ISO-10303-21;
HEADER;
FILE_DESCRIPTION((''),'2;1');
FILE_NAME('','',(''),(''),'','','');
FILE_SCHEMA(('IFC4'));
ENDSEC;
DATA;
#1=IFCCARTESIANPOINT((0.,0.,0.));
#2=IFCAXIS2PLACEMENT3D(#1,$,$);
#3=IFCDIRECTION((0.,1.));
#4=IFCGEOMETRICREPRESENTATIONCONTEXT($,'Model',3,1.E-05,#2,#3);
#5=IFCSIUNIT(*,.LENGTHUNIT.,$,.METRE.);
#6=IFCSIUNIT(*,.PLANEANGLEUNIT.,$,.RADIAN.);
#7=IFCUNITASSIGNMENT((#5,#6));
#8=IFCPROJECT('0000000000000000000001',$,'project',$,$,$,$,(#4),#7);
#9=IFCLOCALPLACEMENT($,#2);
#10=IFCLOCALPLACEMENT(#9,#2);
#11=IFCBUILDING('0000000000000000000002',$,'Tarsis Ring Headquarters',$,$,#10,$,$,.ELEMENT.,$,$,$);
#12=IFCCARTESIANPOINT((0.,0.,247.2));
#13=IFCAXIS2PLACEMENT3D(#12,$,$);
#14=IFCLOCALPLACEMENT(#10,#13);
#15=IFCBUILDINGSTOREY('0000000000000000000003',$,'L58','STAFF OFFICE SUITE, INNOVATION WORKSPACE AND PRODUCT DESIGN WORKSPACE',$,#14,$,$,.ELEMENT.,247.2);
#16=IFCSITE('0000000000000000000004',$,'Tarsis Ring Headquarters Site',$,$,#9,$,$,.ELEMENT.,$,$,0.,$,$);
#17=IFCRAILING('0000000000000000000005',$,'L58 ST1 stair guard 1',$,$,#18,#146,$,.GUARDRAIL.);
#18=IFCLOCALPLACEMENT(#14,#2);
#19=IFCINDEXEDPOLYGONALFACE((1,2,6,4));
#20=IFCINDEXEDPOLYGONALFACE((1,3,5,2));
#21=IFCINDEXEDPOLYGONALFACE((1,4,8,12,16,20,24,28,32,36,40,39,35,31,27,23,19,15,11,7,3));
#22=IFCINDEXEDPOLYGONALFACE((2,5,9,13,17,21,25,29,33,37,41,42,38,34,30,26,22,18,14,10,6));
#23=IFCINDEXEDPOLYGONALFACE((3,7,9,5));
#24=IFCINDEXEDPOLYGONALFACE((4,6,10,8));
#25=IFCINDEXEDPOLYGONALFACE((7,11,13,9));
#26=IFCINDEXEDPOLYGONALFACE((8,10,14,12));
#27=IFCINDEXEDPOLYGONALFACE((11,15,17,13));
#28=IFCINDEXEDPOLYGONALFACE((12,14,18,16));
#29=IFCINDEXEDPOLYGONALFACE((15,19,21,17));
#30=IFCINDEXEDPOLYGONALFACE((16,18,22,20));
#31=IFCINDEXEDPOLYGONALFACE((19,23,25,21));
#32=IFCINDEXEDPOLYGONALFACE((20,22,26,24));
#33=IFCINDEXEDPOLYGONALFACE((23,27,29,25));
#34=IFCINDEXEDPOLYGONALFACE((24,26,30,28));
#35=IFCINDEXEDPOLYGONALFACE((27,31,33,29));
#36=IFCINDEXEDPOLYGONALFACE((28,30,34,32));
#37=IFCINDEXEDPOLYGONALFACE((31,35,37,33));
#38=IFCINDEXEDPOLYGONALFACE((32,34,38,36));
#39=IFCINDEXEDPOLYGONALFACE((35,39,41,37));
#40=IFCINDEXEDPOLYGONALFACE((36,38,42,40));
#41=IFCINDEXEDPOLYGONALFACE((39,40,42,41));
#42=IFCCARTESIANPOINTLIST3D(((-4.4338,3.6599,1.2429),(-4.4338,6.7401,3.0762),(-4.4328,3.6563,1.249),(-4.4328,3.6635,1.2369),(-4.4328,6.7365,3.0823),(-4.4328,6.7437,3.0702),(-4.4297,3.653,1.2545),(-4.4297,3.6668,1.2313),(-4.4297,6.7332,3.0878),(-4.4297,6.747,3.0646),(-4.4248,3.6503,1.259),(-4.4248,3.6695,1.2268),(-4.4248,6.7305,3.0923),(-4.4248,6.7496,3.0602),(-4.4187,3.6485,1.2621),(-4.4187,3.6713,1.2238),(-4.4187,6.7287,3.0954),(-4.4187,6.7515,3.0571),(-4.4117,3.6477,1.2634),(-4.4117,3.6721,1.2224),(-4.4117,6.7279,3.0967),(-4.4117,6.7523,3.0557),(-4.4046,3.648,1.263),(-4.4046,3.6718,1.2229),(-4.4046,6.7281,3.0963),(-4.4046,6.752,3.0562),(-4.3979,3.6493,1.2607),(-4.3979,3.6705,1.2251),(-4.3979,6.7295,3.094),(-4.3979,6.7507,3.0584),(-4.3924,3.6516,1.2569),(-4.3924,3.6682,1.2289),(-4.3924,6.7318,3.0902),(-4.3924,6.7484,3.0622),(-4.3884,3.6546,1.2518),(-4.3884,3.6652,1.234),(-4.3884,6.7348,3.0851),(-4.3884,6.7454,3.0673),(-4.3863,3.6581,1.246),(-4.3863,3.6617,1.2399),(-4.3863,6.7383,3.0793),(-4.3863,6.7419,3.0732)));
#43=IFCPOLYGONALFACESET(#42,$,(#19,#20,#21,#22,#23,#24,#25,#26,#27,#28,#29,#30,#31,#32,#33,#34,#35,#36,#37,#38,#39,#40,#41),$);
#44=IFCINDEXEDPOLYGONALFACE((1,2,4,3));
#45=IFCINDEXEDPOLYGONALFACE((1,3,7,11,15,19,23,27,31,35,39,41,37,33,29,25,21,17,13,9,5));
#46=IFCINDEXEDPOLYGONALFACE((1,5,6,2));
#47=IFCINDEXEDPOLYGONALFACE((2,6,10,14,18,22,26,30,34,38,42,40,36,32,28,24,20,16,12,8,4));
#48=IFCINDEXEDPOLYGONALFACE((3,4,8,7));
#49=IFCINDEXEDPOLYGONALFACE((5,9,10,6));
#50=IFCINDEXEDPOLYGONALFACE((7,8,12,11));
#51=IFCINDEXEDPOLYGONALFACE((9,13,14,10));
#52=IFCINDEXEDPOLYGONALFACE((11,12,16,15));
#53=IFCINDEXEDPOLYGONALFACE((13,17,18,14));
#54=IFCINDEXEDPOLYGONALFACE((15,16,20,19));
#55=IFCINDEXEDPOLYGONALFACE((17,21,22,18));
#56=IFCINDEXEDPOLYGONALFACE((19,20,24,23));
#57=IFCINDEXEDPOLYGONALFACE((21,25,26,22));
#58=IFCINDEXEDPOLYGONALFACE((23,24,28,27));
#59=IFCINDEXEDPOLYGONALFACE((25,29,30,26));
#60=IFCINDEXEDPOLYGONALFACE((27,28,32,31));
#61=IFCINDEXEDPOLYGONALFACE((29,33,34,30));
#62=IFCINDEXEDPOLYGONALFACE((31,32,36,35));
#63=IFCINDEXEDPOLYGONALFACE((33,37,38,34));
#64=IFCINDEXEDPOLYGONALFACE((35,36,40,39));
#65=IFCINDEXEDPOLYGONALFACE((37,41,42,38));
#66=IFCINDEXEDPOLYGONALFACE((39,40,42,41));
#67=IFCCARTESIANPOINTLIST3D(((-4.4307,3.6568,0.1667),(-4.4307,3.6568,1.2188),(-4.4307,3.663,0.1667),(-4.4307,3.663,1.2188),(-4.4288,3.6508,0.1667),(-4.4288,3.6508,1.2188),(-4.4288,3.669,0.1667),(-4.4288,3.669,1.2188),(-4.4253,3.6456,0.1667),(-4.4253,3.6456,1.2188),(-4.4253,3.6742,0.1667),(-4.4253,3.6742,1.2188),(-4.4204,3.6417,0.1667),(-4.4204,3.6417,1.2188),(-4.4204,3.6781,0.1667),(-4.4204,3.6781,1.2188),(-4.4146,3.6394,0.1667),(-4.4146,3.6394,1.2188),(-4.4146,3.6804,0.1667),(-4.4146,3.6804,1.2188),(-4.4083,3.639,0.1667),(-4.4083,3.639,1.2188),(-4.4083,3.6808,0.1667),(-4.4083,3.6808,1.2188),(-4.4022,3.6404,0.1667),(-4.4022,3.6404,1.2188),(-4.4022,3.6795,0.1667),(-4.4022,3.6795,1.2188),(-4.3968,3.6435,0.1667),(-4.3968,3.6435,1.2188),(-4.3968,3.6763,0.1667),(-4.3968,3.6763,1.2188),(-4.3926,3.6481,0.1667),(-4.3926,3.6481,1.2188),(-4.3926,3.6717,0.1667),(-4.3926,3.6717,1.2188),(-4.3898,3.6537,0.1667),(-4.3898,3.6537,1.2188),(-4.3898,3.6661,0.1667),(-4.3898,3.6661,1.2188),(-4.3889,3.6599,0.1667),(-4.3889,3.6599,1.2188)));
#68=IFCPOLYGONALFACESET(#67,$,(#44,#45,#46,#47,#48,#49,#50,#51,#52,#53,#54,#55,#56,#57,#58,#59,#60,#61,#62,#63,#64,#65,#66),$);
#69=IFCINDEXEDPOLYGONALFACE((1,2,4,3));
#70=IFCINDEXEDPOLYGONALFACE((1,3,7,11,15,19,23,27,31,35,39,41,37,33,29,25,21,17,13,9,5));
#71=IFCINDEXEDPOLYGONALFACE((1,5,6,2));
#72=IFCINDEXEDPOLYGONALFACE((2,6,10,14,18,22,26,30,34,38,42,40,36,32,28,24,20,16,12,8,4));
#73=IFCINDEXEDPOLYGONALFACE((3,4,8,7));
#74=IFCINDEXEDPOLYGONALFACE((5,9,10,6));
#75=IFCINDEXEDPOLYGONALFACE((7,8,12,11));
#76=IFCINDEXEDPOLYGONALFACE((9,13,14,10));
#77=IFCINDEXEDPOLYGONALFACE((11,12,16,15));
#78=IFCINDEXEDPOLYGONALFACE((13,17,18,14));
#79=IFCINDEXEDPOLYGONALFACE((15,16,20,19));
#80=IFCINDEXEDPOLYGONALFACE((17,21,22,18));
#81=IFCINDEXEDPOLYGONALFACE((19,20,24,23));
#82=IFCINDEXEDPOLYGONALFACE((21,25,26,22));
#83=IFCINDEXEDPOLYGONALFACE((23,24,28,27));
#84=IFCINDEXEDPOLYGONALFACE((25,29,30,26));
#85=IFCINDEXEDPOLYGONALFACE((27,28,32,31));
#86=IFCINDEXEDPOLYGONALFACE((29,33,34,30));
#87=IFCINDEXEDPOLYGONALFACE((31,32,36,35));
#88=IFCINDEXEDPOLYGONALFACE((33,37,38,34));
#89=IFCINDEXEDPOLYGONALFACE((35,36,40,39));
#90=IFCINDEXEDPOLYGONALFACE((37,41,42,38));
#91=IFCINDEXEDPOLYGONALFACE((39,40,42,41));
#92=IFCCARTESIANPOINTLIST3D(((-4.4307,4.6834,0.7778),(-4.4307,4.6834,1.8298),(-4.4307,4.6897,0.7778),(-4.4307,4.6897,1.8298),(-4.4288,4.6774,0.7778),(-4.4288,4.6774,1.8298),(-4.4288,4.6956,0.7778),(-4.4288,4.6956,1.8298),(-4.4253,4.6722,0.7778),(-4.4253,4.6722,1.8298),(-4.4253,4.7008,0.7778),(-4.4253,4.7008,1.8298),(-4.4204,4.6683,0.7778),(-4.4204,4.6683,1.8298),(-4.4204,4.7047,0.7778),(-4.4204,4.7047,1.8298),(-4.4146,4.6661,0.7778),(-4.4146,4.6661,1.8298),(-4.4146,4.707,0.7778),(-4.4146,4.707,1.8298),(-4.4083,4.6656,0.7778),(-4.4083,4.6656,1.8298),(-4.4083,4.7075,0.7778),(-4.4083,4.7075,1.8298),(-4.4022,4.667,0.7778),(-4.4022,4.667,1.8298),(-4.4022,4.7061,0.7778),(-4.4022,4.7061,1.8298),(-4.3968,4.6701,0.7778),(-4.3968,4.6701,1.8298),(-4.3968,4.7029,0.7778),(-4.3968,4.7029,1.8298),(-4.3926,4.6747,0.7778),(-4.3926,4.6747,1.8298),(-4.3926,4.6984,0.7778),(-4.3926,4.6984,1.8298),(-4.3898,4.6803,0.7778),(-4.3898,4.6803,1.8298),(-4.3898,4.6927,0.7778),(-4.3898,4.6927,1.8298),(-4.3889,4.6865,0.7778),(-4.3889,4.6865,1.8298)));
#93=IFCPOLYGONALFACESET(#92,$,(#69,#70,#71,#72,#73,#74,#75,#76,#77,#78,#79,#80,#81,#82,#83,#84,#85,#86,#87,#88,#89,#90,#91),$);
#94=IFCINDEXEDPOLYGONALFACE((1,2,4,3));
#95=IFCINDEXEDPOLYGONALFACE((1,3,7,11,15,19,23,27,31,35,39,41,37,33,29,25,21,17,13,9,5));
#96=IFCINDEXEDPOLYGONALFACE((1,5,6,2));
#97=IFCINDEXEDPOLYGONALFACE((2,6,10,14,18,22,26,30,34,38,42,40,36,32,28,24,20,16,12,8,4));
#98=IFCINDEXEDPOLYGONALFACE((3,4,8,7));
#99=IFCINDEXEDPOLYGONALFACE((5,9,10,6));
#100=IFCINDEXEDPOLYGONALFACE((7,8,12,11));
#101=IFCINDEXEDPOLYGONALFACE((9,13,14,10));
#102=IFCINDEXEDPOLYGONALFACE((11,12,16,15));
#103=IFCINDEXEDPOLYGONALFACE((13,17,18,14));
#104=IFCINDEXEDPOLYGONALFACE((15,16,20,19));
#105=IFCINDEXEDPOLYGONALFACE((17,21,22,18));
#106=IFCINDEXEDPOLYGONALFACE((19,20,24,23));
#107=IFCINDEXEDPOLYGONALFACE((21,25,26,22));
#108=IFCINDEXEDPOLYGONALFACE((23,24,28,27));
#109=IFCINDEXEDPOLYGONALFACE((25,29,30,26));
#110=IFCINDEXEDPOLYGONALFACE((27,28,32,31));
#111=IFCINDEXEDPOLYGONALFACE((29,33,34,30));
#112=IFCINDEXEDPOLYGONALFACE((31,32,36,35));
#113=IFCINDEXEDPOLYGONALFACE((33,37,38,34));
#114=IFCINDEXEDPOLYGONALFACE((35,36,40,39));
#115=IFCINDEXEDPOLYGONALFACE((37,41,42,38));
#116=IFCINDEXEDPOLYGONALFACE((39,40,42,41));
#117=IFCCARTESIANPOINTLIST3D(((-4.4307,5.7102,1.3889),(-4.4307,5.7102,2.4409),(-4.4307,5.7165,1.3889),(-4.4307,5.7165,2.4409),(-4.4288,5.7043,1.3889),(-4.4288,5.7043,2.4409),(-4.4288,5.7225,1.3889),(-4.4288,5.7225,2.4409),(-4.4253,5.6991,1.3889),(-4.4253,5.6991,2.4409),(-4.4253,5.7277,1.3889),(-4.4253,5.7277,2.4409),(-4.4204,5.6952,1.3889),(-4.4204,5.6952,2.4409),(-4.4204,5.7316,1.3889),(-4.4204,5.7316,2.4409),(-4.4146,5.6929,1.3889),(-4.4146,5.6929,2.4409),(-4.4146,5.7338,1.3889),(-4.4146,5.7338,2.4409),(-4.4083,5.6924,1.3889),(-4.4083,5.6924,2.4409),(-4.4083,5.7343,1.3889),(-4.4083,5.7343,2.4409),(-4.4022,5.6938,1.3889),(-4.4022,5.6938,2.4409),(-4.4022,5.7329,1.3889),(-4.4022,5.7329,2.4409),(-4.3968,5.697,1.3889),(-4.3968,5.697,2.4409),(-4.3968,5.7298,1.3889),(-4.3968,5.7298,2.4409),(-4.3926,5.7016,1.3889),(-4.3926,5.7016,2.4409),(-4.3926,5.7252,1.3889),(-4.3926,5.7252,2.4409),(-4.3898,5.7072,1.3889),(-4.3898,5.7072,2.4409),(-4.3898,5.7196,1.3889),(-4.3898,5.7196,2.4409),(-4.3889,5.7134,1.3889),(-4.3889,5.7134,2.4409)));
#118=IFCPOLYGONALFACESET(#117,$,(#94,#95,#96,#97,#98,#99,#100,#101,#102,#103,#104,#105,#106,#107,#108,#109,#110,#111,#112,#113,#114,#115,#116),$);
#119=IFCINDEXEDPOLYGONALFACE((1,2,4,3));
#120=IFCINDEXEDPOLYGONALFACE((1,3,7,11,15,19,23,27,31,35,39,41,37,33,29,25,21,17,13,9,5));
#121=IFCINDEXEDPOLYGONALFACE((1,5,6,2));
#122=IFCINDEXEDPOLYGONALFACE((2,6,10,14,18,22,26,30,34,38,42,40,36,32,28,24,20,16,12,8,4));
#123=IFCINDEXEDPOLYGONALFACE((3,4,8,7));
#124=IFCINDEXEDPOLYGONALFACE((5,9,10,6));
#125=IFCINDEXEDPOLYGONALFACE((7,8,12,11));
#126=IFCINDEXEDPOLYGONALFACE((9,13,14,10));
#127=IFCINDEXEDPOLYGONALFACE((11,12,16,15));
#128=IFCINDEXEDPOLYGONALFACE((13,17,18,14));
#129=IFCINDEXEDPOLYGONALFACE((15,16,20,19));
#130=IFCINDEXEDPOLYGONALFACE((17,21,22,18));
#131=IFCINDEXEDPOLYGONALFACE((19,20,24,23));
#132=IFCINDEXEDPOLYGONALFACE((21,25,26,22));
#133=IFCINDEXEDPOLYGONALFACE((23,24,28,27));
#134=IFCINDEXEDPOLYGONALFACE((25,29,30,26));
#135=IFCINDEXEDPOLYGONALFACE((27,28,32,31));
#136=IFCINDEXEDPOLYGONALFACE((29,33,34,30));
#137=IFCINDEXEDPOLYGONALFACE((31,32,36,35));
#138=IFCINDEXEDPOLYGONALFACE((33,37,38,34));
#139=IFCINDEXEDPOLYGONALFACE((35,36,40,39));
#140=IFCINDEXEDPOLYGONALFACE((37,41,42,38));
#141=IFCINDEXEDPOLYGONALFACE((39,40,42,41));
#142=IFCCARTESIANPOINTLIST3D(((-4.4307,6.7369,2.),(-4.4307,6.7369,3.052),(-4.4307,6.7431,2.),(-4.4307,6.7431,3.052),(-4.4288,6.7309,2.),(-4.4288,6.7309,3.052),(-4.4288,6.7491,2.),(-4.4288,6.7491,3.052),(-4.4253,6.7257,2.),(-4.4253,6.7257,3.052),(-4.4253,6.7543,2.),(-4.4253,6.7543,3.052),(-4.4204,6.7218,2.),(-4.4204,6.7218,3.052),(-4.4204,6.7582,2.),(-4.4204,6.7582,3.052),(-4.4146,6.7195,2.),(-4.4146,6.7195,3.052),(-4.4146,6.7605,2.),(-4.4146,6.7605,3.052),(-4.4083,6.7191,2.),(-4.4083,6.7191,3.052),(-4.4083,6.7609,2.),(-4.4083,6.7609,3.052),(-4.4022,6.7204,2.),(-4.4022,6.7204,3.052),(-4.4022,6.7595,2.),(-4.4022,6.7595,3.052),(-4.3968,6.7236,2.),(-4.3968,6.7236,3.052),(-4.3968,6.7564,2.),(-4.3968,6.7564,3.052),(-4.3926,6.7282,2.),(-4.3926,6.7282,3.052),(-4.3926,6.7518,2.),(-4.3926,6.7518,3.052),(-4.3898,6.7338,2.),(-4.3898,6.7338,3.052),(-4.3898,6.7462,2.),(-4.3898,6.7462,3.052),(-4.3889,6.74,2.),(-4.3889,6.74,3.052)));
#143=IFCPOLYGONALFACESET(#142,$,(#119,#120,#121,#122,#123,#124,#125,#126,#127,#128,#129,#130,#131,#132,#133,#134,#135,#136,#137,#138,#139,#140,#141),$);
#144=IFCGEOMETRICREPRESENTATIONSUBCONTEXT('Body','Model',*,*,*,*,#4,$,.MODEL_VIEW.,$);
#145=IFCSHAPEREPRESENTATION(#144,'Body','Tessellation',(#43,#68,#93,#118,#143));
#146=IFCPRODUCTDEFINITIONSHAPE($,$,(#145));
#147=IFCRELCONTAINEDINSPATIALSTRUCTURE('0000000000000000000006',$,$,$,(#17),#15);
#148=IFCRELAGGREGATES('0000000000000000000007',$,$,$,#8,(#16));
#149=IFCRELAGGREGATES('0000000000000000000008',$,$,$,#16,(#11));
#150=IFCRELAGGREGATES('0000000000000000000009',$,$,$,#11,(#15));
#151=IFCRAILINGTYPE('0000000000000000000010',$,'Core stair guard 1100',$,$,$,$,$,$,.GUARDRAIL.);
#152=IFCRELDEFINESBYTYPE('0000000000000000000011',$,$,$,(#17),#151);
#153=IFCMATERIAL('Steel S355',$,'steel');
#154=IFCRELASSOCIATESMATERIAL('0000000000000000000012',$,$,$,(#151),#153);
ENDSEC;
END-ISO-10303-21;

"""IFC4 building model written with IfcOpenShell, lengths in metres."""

from ifc_helpers import new_model, si_unit, direction, frame, origin, origin_2d, place, context, subcontext, project, spatial, circle, extrude, material, type_object, element, save


model = new_model("IFC4")

# Units and contexts
model_context = context("Model", 3, precision=1e-05, world=origin(), true_north=direction((0.0, 1.0)))
body_context = subcontext(model_context, "Body", "Model", "MODEL_VIEW")
ifc_project = project(units=[si_unit("LENGTHUNIT", "METRE"), si_unit("PLANEANGLEUNIT", "RADIAN")], contexts=[model_context])

# Site, building, storey
site_placement = place(None, origin())
site = spatial("IfcSite", under=ifc_project, at=site_placement, Name="Tarsis Ring Headquarters Site", CompositionType="ELEMENT", RefElevation=0.0)
building_placement = place(site_placement, origin())
building = spatial("IfcBuilding", under=site, at=building_placement, Name="Tarsis Ring Headquarters", CompositionType="ELEMENT")
storey_placement = place(building_placement, frame((0.0, 0.0, 247.2)))
storey = spatial("IfcBuildingStorey", under=building, at=storey_placement, Name="L58", Description="STAFF OFFICE SUITE, INNOVATION WORKSPACE AND PRODUCT DESIGN WORKSPACE", CompositionType="ELEMENT", Elevation=247.2)

# Shared definitions
ifc_material_1 = material(Name="Steel S355", Category="steel")

# Railing
railing_type = type_object("IfcRailingType", Name="Core stair guard 1100", PredefinedType="GUARDRAIL", material=ifc_material_1)
railing_placement = place(storey_placement, frame((-4.4099, 3.6599, 0.1667)))
element("IfcRailing", 1, at=railing_placement, inside=storey, type_object=railing_type, Name="L58 ST1 stair guard 1", PredefinedType="GUARDRAIL", context=body_context, shape_type="SweptSolid", body=[
    extrude(circle(Radius=0.0239, at=origin_2d()), frame((0.0, 0.0, 1.0762), z_axis=(0.0, 0.859309, 0.511458), x_axis=(-1.0, 0.0, 0.0)), (0.0, 0.0, 1.0), 3.5845),
    extrude(circle(Radius=0.021, at=origin_2d()), origin(), (0.0, 0.0, 1.0), 1.052),
    extrude(circle(Radius=0.021, at=origin_2d()), frame((0.0, 1.0266, 0.6111)), (0.0, 0.0, 1.0), 1.052),
    extrude(circle(Radius=0.021, at=origin_2d()), frame((0.0, 2.0535, 1.2222)), (0.0, 0.0, 1.0), 1.052),
    extrude(circle(Radius=0.021, at=origin_2d()), frame((0.0, 3.0801, 1.8333)), (0.0, 0.0, 1.0), 1.052),
])

save(model, "model.ifc")
